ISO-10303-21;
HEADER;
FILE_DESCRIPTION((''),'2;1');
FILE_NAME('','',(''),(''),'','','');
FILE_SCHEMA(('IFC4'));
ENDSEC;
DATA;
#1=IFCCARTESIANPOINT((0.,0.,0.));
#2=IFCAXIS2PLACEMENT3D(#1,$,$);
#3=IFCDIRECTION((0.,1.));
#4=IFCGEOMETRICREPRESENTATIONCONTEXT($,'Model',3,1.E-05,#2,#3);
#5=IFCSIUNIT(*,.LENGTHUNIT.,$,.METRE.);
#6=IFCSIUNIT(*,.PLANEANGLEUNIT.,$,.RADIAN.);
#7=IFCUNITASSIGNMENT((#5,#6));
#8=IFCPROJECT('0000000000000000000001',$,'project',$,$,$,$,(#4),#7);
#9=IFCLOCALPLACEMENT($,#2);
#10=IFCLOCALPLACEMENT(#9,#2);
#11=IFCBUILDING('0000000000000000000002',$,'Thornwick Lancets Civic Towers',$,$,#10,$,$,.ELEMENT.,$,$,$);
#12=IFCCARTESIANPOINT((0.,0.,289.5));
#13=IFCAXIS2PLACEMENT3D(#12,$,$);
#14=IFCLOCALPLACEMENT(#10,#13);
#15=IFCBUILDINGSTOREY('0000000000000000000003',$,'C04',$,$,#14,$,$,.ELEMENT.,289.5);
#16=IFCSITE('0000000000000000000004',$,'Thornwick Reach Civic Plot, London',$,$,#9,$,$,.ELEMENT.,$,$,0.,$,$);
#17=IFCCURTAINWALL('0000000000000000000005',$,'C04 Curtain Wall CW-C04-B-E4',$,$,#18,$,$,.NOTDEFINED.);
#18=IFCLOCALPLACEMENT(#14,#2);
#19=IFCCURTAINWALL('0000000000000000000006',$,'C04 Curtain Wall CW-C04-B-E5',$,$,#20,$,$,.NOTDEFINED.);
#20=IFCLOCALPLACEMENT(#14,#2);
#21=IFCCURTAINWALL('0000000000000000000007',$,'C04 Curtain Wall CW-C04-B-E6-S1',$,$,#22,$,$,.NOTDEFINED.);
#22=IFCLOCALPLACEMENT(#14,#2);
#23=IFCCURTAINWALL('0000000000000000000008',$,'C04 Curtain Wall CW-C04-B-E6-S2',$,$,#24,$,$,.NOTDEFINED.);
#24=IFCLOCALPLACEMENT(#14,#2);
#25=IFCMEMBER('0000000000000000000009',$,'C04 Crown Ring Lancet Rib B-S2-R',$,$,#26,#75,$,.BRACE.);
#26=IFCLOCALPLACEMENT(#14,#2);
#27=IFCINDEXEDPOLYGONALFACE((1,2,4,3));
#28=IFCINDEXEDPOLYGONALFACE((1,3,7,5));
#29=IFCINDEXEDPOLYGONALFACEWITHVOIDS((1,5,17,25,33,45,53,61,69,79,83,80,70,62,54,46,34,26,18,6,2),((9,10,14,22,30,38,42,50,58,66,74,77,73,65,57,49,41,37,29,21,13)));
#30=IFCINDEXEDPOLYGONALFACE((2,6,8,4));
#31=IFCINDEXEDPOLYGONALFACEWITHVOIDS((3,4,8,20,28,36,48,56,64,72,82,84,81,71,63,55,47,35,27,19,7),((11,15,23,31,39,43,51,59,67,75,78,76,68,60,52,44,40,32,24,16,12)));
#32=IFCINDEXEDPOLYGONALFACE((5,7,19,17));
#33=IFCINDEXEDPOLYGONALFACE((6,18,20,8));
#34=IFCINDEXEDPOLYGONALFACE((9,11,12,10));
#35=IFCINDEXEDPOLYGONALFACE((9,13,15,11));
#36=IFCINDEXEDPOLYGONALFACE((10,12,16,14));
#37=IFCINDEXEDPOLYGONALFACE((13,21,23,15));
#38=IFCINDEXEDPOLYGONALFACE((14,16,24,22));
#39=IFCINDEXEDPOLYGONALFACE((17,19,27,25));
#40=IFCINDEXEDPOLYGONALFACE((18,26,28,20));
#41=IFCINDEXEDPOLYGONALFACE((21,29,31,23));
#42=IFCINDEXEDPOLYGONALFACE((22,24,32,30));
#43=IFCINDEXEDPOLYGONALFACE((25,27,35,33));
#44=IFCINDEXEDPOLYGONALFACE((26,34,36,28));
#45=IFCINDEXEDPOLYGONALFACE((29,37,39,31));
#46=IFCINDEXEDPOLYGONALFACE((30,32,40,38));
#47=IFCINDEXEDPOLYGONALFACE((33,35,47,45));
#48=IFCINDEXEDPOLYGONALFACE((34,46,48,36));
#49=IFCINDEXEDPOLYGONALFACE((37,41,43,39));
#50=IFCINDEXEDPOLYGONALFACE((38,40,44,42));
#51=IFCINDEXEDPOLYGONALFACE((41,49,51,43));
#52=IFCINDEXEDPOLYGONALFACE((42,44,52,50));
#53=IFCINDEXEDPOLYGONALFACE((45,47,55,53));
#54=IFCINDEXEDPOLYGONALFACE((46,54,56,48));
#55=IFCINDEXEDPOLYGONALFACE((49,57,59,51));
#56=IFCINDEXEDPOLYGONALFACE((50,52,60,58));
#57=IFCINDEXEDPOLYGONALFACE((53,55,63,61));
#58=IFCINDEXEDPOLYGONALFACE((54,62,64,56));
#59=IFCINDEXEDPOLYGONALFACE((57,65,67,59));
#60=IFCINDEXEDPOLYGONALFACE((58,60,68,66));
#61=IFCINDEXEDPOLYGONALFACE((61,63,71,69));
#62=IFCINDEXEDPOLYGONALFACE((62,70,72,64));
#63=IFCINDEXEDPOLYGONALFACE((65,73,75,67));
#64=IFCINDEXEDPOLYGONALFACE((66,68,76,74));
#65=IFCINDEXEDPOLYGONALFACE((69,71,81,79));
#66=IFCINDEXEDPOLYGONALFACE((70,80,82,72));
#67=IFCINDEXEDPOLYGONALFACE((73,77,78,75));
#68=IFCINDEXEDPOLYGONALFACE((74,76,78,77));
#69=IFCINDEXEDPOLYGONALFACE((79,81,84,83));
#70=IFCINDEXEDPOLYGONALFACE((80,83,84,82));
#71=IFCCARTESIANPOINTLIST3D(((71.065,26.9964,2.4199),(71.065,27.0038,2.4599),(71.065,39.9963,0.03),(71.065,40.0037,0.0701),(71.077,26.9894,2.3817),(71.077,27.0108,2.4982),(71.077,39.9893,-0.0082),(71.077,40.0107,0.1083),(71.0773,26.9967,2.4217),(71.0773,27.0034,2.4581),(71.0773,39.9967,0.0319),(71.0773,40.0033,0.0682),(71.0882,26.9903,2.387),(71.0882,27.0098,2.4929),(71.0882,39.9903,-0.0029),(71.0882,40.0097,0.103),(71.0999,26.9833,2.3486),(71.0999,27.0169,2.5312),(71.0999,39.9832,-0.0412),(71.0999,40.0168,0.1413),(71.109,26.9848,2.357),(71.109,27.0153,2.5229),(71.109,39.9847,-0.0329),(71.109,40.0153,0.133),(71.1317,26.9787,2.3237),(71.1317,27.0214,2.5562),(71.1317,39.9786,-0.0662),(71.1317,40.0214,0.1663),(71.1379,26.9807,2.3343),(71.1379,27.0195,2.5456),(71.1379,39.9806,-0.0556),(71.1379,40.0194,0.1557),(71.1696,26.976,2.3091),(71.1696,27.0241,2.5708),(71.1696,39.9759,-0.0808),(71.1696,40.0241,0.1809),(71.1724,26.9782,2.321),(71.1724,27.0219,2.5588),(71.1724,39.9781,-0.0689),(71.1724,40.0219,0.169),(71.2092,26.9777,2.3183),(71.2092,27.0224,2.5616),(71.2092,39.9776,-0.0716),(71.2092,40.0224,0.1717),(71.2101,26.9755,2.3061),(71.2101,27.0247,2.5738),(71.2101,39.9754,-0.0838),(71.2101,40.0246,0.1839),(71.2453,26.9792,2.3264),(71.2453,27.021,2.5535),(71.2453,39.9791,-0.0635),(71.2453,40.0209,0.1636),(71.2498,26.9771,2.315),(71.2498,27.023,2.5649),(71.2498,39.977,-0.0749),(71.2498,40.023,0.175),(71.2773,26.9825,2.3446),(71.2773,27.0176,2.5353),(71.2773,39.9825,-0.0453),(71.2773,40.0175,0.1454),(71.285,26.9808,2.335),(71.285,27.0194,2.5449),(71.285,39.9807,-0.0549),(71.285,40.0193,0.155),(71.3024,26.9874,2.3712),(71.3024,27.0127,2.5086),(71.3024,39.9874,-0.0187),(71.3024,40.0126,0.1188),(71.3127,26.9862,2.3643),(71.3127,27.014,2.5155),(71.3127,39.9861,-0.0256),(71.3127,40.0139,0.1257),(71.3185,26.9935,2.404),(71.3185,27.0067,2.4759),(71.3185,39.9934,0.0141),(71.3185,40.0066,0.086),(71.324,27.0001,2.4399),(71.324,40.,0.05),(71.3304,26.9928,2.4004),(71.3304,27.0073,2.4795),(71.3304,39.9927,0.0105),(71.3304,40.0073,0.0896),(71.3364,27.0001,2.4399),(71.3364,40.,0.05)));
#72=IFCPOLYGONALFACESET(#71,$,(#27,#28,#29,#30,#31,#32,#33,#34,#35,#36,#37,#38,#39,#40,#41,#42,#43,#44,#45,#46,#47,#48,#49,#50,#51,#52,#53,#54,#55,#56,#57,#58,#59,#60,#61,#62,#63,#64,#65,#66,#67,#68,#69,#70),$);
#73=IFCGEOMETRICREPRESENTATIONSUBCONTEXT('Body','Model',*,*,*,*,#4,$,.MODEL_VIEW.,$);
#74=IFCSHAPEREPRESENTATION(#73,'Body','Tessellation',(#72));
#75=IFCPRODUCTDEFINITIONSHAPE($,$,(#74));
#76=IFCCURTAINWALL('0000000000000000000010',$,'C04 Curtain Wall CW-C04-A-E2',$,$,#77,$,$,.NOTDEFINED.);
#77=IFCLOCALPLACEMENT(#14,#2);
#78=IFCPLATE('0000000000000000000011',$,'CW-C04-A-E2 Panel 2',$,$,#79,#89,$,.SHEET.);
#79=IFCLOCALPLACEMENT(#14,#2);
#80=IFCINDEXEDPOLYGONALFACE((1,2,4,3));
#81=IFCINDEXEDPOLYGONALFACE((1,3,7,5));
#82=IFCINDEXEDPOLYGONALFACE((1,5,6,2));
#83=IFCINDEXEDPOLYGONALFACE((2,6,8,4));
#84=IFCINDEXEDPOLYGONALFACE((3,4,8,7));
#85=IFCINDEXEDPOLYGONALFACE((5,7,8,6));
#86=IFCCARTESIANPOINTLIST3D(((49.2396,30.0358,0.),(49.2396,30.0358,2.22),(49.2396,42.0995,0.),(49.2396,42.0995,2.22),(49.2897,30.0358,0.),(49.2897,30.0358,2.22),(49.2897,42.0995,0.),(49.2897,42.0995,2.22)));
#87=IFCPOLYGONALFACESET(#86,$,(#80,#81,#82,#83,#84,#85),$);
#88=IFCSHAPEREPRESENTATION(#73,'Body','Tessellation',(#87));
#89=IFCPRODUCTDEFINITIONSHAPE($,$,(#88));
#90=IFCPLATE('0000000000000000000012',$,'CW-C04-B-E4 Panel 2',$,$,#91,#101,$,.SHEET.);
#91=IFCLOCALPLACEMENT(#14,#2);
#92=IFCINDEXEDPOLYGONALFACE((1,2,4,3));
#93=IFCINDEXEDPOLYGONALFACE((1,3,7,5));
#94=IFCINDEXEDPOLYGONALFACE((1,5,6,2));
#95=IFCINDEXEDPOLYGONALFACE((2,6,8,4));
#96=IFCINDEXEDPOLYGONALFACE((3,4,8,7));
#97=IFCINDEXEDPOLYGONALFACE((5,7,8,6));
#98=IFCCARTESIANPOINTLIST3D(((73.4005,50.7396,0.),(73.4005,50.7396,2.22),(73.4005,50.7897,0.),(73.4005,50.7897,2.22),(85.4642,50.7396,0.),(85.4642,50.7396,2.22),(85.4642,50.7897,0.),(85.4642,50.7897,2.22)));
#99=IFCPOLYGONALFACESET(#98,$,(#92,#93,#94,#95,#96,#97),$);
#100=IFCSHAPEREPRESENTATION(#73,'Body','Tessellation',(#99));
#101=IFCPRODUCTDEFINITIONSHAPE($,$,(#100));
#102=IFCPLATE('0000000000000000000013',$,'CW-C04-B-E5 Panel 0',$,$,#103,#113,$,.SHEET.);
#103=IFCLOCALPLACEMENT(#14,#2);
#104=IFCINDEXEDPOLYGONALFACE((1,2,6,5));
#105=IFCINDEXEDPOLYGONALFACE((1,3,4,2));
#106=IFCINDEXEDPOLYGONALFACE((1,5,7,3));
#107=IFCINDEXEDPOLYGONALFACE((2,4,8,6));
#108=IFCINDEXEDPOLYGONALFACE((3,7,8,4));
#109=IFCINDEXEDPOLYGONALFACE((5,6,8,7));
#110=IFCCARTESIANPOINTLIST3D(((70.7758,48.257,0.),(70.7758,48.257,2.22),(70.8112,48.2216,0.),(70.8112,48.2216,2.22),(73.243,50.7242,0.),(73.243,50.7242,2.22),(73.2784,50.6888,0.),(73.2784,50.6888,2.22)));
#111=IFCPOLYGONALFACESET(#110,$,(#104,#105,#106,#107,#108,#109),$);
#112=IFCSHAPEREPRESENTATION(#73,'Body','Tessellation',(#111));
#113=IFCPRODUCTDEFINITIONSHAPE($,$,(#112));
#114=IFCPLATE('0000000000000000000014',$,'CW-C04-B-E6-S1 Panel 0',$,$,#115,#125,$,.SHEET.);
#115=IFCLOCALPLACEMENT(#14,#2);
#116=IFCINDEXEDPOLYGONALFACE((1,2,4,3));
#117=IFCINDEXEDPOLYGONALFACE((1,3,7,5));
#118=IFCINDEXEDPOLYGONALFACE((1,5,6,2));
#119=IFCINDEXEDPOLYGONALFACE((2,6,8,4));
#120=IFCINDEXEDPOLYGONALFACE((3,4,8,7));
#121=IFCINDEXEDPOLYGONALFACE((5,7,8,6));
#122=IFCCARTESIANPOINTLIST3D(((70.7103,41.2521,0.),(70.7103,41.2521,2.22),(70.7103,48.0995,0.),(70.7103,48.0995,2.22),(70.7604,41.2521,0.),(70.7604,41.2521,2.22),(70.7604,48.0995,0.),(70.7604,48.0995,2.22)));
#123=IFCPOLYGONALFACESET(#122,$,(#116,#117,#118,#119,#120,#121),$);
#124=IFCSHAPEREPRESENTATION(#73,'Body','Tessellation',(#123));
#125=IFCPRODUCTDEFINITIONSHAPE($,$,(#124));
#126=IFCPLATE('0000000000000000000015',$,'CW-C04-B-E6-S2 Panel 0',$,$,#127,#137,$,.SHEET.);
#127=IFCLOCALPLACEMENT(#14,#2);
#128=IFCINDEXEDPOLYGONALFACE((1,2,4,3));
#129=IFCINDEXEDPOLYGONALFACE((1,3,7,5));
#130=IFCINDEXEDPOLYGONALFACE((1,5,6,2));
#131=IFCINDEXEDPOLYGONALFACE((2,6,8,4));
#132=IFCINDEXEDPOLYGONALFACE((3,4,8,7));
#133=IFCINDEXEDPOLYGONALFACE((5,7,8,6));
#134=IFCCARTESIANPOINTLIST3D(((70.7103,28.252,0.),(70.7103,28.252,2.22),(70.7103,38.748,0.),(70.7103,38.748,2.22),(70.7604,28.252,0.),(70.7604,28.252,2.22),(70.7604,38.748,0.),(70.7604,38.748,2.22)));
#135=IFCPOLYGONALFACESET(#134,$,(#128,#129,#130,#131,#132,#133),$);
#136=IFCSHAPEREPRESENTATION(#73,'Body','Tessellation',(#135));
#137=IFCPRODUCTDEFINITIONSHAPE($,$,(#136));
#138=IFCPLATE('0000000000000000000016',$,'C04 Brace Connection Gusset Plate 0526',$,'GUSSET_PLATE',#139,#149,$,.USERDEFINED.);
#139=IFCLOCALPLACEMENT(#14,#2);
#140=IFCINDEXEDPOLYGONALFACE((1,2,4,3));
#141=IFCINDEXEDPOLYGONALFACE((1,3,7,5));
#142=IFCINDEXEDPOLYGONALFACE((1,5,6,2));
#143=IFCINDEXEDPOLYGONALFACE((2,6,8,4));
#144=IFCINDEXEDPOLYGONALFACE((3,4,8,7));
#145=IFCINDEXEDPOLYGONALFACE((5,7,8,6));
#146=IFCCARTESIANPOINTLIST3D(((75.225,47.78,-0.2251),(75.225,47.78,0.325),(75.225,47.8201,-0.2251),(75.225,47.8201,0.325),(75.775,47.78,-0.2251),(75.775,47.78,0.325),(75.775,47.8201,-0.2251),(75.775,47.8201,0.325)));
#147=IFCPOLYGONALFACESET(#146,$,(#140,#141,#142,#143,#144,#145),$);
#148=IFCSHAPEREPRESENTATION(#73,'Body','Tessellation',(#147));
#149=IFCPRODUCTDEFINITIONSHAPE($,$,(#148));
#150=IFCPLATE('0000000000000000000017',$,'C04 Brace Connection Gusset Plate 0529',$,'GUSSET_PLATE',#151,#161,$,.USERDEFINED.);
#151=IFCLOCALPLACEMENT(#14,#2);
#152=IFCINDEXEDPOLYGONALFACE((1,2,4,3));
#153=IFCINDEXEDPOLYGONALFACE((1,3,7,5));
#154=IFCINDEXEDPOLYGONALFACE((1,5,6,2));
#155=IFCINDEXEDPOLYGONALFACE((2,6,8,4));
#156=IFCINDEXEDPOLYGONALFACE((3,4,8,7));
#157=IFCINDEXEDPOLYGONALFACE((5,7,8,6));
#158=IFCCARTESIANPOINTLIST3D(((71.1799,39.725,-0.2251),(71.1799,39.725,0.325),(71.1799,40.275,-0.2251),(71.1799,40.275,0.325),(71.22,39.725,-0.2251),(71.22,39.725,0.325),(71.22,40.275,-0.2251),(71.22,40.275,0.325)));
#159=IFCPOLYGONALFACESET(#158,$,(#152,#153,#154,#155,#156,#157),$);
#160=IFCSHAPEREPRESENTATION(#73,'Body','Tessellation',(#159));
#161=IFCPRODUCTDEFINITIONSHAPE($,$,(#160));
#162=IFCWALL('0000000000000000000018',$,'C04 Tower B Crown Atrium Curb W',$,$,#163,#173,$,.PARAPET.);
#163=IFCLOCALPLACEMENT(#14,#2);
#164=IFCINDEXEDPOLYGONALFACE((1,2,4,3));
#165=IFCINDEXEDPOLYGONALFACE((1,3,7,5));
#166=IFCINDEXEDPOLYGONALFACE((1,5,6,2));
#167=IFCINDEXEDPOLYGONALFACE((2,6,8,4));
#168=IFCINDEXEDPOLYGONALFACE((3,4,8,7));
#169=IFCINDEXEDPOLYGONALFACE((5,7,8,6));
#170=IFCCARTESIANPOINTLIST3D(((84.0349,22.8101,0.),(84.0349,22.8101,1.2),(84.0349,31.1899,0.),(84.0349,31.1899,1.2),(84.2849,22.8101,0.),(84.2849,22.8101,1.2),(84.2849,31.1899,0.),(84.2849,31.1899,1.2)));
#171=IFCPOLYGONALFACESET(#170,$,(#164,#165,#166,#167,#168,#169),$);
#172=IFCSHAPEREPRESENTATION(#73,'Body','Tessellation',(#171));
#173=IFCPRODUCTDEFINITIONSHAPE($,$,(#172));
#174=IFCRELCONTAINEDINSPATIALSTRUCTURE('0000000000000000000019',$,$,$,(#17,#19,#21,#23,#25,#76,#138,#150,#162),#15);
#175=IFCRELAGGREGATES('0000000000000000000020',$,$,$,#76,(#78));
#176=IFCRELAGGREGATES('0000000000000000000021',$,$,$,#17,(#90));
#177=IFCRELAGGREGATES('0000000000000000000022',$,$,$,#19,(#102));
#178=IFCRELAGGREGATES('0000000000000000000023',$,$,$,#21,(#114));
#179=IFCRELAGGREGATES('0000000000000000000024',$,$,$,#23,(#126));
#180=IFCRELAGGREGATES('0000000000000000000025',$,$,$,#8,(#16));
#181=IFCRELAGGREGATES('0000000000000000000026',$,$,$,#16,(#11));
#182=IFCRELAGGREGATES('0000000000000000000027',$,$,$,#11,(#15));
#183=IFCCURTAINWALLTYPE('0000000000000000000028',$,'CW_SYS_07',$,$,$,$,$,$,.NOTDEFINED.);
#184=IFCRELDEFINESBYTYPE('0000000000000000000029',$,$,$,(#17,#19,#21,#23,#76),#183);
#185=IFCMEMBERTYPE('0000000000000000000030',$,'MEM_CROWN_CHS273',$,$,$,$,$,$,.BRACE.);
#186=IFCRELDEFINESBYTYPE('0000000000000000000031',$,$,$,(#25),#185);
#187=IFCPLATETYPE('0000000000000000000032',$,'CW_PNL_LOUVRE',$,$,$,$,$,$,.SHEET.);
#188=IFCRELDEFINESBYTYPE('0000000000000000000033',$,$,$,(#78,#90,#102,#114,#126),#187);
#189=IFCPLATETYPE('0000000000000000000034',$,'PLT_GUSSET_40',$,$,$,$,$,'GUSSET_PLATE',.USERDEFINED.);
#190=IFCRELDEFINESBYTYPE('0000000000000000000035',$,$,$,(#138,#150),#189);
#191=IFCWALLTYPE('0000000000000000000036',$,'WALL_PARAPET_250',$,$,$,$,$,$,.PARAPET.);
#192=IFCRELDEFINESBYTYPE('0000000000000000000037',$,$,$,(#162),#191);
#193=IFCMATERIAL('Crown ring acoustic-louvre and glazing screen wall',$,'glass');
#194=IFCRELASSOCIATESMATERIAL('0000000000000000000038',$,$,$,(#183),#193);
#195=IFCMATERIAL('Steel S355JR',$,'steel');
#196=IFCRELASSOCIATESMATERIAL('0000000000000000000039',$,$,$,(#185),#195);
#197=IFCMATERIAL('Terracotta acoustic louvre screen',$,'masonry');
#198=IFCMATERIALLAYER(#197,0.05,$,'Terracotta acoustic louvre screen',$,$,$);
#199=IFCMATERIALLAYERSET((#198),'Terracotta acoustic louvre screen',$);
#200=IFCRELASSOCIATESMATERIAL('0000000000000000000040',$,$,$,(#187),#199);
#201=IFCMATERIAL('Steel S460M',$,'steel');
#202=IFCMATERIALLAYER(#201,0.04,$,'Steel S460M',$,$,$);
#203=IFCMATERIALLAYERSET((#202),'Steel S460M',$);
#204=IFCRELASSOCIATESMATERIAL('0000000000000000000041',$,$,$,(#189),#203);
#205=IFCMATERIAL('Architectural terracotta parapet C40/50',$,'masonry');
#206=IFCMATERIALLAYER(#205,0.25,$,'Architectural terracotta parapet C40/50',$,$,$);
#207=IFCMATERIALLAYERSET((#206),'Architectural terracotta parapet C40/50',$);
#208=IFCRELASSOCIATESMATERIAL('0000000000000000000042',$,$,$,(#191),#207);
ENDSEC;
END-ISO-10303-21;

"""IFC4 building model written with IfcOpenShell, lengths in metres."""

from ifc_helpers import new_model, si_unit, direction, frame, frame_2d, origin, origin_2d, place, context, subcontext, project, spatial, rectangle, hollow_circle, extrude, material, layer, layer_set, material_profile, profile_set, type_object, element, aggregate, save


model = new_model("IFC4")

# Units and contexts
model_context = context("Model", 3, precision=1e-05, world=origin(), true_north=direction((0.0, 1.0)))
body_context = subcontext(model_context, "Body", "Model", "MODEL_VIEW")
ifc_project = project(units=[si_unit("LENGTHUNIT", "METRE"), si_unit("PLANEANGLEUNIT", "RADIAN")], contexts=[model_context])

# Site, building, storey
site_placement = place(None, origin())
site = spatial("IfcSite", under=ifc_project, at=site_placement, Name="Thornwick Reach Civic Plot, London", CompositionType="ELEMENT", RefElevation=0.0)
building_placement = place(site_placement, origin())
building = spatial("IfcBuilding", under=site, at=building_placement, Name="Thornwick Lancets Civic Towers", CompositionType="ELEMENT")
storey_placement = place(building_placement, frame((0.0, 0.0, 289.5)))
storey = spatial("IfcBuildingStorey", under=building, at=storey_placement, Name="C04", CompositionType="ELEMENT", Elevation=289.5)

# Shared definitions
ifc_material_1 = material(Name="Steel S355JR", Category="steel")

# Curtain walls
ifc_material_2 = material(Name="Crown ring acoustic-louvre and glazing screen wall", Category="glass")
curtain_wall_type = type_object("IfcCurtainWallType", Name="CW_SYS_07", PredefinedType="NOTDEFINED", material=ifc_material_2)
curtain_wall_1_placement = place(storey_placement, origin())
curtain_wall_1 = element("IfcCurtainWall", 1, at=curtain_wall_1_placement, inside=storey, type_object=curtain_wall_type, Name="C04 Curtain Wall CW-C04-B-E4", PredefinedType="NOTDEFINED")
curtain_wall_2_placement = place(storey_placement, origin())
curtain_wall_2 = element("IfcCurtainWall", 2, at=curtain_wall_2_placement, inside=storey, type_object=curtain_wall_type, Name="C04 Curtain Wall CW-C04-B-E5", PredefinedType="NOTDEFINED")
curtain_wall_3_placement = place(storey_placement, origin())
curtain_wall_3 = element("IfcCurtainWall", 3, at=curtain_wall_3_placement, inside=storey, type_object=curtain_wall_type, Name="C04 Curtain Wall CW-C04-B-E6-S1", PredefinedType="NOTDEFINED")
curtain_wall_4_placement = place(storey_placement, origin())
curtain_wall_4 = element("IfcCurtainWall", 4, at=curtain_wall_4_placement, inside=storey, type_object=curtain_wall_type, Name="C04 Curtain Wall CW-C04-B-E6-S2", PredefinedType="NOTDEFINED")

# Member
ifc_material_profile_1 = material_profile(ifc_material_1, hollow_circle(Radius=0.1365, WallThickness=0.0125, at=origin_2d()), Name="CHS 273x12.5")
ifc_profile_set_1 = profile_set([ifc_material_profile_1], Name="Steel S355JR")
member_type_1 = type_object("IfcMemberType", Name="MEM_CROWN_CHS273", PredefinedType="BRACE", material=ifc_profile_set_1)
for number, where, z_axis, x_axis, name in (
    (5, (71.2, 40.0, 0.05), (0.0, -0.983518, 0.180808), (1.0, 0.0, 0.0), "C04 Crown Ring Lancet Rib B-S2-R"),
):
    element("IfcMember", number, at=place(storey_placement, frame(where, z_axis=z_axis, x_axis=x_axis)), inside=storey, type_object=member_type_1, Name=name, PredefinedType="BRACE", context=body_context, shape_type="SweptSolid", body=[
        extrude(hollow_circle(Radius=0.1365, WallThickness=0.0125, at=origin_2d()), origin(), (0.0, 0.0, 1.0), 13.2178),
    ])

# Curtain wall, plate
curtain_wall_5_placement = place(storey_placement, origin())
curtain_wall_5 = element("IfcCurtainWall", 6, at=curtain_wall_5_placement, inside=storey, type_object=curtain_wall_type, Name="C04 Curtain Wall CW-C04-A-E2", PredefinedType="NOTDEFINED")
ifc_material_3 = material(Name="Terracotta acoustic louvre screen", Category="masonry")
ifc_layer_1 = layer(ifc_material_3, 0.05, Name="Terracotta acoustic louvre screen")
ifc_layer_set_1 = layer_set([ifc_layer_1], Name="Terracotta acoustic louvre screen")
plate_type_1 = type_object("IfcPlateType", Name="CW_PNL_LOUVRE", PredefinedType="SHEET", material=ifc_layer_set_1)
plate_1_placement = place(storey_placement, frame((49.2646, 36.0676, 0.0), z_axis=(0.0, 0.0, 1.0), x_axis=(0.0, 1.0, 0.0)))
plate_1 = element("IfcPlate", 7, at=plate_1_placement, type_object=plate_type_1, Name="CW-C04-A-E2 Panel 2", PredefinedType="SHEET", context=body_context, shape_type="SweptSolid", body=[
    extrude(rectangle(XDim=12.0637, YDim=0.05, at=origin_2d()), origin(), (0.0, 0.0, 1.0), 2.22),
])
aggregate(curtain_wall_5, [plate_1])

# Plates
plate_2_placement = place(storey_placement, frame((79.4324, 50.7646, 0.0), z_axis=(0.0, 0.0, 1.0), x_axis=(-1.0, 0.0, 0.0)))
plate_2 = element("IfcPlate", 8, at=plate_2_placement, type_object=plate_type_1, Name="CW-C04-B-E4 Panel 2", PredefinedType="SHEET", context=body_context, shape_type="SweptSolid", body=[
    extrude(rectangle(XDim=12.0637, YDim=0.05, at=origin_2d()), origin(), (0.0, 0.0, 1.0), 2.22),
])
aggregate(curtain_wall_1, [plate_2])
plate_3_placement = place(storey_placement, frame((72.0271, 49.4729, 0.0), z_axis=(0.0, 0.0, 1.0), x_axis=(-0.707107, -0.707107, 0.0)))
plate_3 = element("IfcPlate", 9, at=plate_3_placement, type_object=plate_type_1, Name="CW-C04-B-E5 Panel 0", PredefinedType="SHEET", context=body_context, shape_type="SweptSolid", body=[
    extrude(rectangle(XDim=3.4893, YDim=0.05, at=origin_2d()), origin(), (0.0, 0.0, 1.0), 2.22),
])
aggregate(curtain_wall_2, [plate_3])
plate_4_placement = place(storey_placement, frame((70.7354, 44.6758, 0.0), z_axis=(0.0, 0.0, 1.0), x_axis=(0.0, -1.0, 0.0)))
plate_4 = element("IfcPlate", 10, at=plate_4_placement, type_object=plate_type_1, Name="CW-C04-B-E6-S1 Panel 0", PredefinedType="SHEET", context=body_context, shape_type="SweptSolid", body=[
    extrude(rectangle(XDim=6.8474, YDim=0.05, at=origin_2d()), origin(), (0.0, 0.0, 1.0), 2.22),
])
aggregate(curtain_wall_3, [plate_4])
plate_5_placement = place(storey_placement, frame((70.7354, 33.5, 0.0), z_axis=(0.0, 0.0, 1.0), x_axis=(0.0, -1.0, 0.0)))
plate_5 = element("IfcPlate", 11, at=plate_5_placement, type_object=plate_type_1, Name="CW-C04-B-E6-S2 Panel 0", PredefinedType="SHEET", context=body_context, shape_type="SweptSolid", body=[
    extrude(rectangle(XDim=10.4961, YDim=0.05, at=origin_2d()), origin(), (0.0, 0.0, 1.0), 2.22),
])
aggregate(curtain_wall_4, [plate_5])

# Plates
ifc_material_4 = material(Name="Steel S460M", Category="steel")
ifc_layer_2 = layer(ifc_material_4, 0.04, Name="Steel S460M")
ifc_layer_set_2 = layer_set([ifc_layer_2], Name="Steel S460M")
plate_type_2 = type_object("IfcPlateType", Name="PLT_GUSSET_40", ElementType="GUSSET_PLATE", PredefinedType="USERDEFINED", material=ifc_layer_set_2)
for number, where, z_axis, x_axis, name in (
    (12, (75.5, 47.8, -0.2251), (0.0, 0.0, 1.0), (1.0, 0.0, 0.0), "C04 Brace Connection Gusset Plate 0526"),
    (13, (71.2, 40.0, -0.2251), (0.0, 0.0, 1.0), (0.0, -1.0, 0.0), "C04 Brace Connection Gusset Plate 0529"),
):
    element("IfcPlate", number, at=place(storey_placement, frame(where, z_axis=z_axis, x_axis=x_axis)), inside=storey, type_object=plate_type_2, Name=name, ObjectType="GUSSET_PLATE", PredefinedType="USERDEFINED", context=body_context, shape_type="SweptSolid", body=[
        extrude(rectangle(XDim=0.55, YDim=0.04, at=origin_2d()), origin(), (0.0, 0.0, 1.0), 0.55),
    ])

# Wall
ifc_material_5 = material(Name="Architectural terracotta parapet C40/50", Category="masonry")
ifc_layer_3 = layer(ifc_material_5, 0.25, Name="Architectural terracotta parapet C40/50")
ifc_layer_set_3 = layer_set([ifc_layer_3], Name="Architectural terracotta parapet C40/50")
wall_type = type_object("IfcWallType", Name="WALL_PARAPET_250", PredefinedType="PARAPET", material=ifc_layer_set_3)
wall_placement = place(storey_placement, frame((84.1599, 31.1899, 0.0), z_axis=(0.0, 0.0, 1.0), x_axis=(0.0, -1.0, 0.0)))
element("IfcWall", 14, at=wall_placement, inside=storey, type_object=wall_type, Name="C04 Tower B Crown Atrium Curb W", PredefinedType="PARAPET", context=body_context, shape_type="SweptSolid", body=[
    extrude(rectangle(XDim=8.3799, YDim=0.25, at=frame_2d((4.1899, 0.0))), origin(), (0.0, 0.0, 1.0), 1.2),
])

save(model, "model.ifc")
